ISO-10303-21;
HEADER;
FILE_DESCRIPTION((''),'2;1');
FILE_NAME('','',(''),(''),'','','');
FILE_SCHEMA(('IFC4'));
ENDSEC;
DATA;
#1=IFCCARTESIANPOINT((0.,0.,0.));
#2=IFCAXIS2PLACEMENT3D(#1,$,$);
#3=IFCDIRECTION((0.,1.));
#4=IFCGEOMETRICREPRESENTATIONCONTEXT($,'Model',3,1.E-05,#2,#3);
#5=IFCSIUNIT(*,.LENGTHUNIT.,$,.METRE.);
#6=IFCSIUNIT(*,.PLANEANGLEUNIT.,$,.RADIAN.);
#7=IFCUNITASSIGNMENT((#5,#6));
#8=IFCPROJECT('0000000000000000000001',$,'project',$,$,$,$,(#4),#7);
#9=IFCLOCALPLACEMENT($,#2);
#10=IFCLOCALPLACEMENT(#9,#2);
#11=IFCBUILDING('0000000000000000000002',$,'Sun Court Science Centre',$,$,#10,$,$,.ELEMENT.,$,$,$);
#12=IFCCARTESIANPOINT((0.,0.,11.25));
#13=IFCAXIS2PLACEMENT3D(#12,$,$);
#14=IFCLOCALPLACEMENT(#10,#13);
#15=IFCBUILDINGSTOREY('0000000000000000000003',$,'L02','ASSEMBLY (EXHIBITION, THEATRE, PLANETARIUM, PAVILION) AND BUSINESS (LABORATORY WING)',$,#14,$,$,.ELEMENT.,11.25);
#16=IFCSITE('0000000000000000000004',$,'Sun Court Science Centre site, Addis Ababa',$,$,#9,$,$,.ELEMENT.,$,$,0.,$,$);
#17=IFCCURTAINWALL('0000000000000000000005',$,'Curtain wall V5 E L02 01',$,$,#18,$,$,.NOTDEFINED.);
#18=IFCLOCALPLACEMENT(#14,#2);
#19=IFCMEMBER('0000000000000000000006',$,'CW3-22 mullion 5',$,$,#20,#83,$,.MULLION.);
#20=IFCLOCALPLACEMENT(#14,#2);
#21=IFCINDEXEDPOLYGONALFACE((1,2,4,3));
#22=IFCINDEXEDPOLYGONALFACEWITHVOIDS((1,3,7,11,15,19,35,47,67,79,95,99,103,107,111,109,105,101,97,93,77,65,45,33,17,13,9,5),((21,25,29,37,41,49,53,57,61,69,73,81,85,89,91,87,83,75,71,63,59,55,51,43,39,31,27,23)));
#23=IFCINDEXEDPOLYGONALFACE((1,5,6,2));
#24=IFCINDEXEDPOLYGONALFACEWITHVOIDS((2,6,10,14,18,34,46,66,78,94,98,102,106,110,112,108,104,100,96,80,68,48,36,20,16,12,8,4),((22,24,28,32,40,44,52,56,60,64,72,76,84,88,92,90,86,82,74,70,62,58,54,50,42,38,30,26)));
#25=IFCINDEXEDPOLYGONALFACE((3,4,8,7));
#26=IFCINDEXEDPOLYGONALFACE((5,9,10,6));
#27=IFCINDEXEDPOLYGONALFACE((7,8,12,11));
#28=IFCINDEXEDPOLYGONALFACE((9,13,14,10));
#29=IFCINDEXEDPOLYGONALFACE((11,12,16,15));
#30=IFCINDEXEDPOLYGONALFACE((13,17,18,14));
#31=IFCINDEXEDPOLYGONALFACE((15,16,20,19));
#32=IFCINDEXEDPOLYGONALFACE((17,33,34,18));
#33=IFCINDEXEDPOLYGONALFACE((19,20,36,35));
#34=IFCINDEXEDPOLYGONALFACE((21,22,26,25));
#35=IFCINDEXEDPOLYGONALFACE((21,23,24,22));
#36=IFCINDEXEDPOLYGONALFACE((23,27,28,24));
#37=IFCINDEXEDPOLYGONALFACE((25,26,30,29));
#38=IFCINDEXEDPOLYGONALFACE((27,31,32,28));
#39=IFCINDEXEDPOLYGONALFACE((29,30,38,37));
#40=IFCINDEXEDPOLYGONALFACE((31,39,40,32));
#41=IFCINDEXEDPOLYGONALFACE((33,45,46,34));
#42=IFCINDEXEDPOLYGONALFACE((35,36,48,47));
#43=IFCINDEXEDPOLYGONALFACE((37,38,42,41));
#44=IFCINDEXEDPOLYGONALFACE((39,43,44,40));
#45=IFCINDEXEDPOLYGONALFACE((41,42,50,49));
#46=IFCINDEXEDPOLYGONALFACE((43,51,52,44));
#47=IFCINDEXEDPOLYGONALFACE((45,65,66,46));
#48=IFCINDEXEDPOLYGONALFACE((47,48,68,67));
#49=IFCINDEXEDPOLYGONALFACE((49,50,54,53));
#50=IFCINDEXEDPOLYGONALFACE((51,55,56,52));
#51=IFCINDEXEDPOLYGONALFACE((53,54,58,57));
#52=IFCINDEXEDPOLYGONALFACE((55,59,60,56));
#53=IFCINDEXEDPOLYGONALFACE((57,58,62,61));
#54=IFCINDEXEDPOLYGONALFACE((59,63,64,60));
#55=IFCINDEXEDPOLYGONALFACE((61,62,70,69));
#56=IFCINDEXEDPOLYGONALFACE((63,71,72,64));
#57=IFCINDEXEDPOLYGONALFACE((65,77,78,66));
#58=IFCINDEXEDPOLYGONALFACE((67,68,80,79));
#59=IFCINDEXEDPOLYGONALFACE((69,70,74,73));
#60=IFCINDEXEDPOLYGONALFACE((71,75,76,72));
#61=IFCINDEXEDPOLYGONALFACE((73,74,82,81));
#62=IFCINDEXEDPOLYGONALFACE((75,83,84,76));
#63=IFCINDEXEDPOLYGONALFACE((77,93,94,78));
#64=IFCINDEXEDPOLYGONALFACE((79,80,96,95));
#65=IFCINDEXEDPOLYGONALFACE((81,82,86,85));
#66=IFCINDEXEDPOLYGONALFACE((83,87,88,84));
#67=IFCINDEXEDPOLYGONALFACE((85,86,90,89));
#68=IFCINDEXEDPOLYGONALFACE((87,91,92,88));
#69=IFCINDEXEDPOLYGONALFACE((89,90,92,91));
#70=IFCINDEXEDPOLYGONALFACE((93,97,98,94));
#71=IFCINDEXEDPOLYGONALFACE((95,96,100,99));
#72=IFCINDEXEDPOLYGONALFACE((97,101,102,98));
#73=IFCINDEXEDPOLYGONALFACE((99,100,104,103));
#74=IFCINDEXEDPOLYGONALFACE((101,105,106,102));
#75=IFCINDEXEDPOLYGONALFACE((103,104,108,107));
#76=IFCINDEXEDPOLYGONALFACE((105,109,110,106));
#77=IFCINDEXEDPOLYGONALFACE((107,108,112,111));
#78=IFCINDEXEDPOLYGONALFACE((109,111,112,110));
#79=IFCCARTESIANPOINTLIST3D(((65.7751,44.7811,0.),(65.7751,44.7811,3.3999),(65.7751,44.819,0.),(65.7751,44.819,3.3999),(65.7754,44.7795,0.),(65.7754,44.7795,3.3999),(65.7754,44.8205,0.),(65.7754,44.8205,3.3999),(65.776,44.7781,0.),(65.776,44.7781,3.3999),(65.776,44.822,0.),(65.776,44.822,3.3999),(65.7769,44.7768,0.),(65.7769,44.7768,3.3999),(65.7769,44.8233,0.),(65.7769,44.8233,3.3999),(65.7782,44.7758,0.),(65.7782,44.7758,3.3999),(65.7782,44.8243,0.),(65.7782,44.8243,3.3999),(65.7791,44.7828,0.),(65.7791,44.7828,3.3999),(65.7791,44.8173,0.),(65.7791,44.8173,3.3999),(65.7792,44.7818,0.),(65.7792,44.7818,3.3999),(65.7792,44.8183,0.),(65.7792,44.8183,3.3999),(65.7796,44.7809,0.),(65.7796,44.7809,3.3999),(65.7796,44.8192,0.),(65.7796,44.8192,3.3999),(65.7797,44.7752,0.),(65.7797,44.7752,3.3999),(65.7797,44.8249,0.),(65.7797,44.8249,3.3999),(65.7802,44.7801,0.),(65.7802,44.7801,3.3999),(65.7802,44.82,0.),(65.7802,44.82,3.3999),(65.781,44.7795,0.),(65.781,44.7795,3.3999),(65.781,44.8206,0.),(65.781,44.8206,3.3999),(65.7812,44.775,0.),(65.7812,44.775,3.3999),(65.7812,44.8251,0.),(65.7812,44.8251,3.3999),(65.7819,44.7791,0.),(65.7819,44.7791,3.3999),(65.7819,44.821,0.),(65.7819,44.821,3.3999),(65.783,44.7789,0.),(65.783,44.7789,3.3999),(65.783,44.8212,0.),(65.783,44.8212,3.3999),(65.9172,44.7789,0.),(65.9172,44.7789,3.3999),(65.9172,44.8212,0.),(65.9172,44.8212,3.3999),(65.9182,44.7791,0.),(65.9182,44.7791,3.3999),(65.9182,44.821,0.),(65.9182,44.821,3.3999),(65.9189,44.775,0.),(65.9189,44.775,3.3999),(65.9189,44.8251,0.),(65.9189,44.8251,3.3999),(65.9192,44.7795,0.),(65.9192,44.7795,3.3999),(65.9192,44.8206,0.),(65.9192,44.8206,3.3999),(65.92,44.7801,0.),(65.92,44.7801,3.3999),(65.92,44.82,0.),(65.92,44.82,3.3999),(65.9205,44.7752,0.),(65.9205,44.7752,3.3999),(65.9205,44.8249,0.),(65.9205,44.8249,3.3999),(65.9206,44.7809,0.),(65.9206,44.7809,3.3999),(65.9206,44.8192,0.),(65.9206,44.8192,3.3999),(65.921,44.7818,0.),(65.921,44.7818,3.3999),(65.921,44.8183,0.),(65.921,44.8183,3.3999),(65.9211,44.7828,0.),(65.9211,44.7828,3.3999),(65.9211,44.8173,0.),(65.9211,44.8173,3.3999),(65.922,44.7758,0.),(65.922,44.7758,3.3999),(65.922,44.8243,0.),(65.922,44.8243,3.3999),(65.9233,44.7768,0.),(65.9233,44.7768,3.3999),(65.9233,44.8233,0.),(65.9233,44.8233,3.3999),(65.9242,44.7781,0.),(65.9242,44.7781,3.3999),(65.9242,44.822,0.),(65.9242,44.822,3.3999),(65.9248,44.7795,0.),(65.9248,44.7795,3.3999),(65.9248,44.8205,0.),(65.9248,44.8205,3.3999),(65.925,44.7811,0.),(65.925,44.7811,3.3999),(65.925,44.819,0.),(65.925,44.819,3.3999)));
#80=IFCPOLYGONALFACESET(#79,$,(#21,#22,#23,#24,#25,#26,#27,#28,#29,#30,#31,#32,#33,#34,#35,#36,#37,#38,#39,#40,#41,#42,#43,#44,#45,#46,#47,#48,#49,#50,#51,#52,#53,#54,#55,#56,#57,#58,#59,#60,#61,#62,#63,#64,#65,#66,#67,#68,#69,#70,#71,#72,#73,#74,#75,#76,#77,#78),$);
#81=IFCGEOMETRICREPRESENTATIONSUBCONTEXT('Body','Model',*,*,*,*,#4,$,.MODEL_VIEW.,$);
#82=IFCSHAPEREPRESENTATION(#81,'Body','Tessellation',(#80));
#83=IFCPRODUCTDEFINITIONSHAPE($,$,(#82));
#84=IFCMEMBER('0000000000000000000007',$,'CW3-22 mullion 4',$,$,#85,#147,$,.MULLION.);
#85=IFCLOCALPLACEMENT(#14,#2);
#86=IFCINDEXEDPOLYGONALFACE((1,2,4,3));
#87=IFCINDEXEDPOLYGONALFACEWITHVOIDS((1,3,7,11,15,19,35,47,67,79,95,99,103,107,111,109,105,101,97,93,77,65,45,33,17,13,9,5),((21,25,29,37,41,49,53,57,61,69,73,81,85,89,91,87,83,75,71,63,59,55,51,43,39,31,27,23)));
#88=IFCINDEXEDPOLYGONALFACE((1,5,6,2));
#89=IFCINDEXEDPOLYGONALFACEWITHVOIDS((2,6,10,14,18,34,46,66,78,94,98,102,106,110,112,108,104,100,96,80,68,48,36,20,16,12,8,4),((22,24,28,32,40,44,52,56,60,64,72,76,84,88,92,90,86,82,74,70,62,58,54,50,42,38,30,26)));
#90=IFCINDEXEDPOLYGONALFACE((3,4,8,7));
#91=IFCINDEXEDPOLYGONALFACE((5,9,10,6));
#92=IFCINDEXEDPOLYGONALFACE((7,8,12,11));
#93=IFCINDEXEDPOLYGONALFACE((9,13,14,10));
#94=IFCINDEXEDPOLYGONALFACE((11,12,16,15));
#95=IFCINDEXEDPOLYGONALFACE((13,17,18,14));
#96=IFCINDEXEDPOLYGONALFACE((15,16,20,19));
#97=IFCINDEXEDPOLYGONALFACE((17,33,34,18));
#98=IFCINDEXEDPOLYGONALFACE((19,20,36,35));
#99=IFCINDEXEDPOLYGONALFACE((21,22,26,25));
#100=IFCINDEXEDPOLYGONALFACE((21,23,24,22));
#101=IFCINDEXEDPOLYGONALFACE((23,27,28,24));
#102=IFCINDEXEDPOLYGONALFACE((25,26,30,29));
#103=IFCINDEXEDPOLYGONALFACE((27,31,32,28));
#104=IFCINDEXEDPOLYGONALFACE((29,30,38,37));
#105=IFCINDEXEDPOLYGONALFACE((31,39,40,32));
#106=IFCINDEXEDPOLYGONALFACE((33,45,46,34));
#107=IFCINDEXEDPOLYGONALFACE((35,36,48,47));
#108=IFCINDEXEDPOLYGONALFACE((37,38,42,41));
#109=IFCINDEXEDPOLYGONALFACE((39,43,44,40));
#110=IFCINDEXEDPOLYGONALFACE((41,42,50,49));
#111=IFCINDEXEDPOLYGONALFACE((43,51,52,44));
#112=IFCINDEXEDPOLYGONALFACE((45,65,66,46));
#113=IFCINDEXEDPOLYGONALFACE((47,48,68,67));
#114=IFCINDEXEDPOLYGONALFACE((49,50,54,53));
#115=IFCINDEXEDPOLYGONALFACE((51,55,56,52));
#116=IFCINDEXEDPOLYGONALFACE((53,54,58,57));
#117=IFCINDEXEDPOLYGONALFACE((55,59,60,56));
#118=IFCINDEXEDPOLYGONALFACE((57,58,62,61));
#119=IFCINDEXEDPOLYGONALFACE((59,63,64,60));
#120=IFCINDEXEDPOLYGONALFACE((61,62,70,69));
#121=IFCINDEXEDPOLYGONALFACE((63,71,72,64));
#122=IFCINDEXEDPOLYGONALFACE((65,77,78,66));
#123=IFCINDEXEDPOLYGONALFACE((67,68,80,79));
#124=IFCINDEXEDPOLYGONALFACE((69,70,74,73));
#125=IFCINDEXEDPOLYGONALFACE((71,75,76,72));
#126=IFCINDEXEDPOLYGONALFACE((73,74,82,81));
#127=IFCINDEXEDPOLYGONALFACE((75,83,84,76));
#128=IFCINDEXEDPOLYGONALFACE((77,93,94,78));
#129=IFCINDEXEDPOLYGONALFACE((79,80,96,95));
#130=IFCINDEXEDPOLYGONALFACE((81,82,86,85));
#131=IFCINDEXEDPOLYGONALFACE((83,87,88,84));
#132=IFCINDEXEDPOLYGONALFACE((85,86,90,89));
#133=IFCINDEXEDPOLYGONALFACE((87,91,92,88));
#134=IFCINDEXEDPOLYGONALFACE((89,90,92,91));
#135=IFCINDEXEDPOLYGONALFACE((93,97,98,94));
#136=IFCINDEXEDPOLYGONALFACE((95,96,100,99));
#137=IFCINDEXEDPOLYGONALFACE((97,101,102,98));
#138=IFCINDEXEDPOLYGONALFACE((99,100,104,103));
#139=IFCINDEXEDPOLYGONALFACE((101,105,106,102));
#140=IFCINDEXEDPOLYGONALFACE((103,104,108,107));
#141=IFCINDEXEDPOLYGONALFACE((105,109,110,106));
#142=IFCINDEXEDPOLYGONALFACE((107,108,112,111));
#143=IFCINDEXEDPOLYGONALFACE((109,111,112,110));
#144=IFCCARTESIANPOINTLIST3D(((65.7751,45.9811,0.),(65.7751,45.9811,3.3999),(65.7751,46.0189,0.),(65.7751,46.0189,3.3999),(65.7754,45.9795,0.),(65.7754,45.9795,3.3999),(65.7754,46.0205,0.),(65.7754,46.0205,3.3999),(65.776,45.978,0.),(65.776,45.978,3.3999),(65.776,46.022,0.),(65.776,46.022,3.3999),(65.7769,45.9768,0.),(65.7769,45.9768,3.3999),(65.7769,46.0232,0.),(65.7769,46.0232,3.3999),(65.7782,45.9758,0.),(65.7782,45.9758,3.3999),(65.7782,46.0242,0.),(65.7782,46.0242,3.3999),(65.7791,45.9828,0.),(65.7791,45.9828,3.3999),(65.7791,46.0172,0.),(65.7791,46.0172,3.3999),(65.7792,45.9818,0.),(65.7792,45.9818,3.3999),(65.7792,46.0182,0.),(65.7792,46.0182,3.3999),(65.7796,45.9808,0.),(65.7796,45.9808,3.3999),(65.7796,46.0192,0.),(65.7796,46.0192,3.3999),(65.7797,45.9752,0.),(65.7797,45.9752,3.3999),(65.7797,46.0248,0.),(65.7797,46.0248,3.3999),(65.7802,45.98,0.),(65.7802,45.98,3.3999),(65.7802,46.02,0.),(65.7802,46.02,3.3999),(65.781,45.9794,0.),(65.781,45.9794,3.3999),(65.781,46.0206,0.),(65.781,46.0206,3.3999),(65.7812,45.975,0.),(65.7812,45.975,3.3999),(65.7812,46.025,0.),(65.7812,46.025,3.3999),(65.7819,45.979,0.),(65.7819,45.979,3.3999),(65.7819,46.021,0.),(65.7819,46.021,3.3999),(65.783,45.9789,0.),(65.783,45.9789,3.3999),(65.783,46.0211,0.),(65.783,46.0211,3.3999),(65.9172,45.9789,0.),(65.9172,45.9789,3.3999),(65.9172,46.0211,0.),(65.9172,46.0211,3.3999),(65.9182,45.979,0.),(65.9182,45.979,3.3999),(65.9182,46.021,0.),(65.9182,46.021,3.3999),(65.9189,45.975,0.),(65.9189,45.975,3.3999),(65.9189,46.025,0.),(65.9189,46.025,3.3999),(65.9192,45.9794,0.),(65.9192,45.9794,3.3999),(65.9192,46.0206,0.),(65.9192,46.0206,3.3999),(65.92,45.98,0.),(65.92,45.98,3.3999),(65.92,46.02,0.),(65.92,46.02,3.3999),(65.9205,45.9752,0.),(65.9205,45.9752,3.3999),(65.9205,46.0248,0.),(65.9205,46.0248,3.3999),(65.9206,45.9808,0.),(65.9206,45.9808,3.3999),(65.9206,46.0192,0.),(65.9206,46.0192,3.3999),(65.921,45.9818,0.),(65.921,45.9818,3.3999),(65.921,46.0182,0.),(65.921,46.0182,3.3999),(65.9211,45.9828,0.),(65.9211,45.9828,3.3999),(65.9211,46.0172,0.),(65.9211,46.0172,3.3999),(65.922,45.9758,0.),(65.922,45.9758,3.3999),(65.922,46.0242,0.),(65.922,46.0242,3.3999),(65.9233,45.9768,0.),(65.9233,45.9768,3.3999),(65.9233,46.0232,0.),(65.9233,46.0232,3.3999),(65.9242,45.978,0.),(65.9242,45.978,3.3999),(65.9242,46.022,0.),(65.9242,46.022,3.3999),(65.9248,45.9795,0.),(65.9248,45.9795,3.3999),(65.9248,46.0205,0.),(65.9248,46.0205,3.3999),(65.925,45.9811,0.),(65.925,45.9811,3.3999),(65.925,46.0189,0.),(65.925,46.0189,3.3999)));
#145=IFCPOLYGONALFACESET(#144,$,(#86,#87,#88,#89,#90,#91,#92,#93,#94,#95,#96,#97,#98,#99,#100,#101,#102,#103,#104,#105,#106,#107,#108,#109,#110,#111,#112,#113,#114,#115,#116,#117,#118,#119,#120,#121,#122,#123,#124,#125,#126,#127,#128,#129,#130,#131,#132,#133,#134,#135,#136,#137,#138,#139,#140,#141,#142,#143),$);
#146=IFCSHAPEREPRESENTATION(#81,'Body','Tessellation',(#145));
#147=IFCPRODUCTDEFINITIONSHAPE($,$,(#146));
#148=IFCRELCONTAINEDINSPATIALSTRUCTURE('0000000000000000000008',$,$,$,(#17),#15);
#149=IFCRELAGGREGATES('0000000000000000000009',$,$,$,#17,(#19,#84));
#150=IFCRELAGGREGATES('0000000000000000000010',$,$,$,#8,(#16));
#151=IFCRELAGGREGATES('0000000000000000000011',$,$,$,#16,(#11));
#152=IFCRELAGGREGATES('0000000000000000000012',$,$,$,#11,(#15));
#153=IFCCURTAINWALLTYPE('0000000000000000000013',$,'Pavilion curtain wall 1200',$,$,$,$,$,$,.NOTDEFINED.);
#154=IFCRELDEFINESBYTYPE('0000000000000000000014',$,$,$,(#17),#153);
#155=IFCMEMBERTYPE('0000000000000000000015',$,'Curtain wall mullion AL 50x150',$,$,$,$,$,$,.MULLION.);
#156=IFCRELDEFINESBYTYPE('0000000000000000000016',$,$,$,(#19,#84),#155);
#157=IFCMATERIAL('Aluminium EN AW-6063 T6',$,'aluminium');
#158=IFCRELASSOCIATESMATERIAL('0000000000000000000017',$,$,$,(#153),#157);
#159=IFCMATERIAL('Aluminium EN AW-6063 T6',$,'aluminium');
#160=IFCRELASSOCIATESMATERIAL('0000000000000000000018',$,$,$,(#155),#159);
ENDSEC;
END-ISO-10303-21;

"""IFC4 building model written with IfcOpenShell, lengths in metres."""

from ifc_helpers import new_model, si_unit, direction, frame, origin, origin_2d, place, context, subcontext, project, spatial, hollow_rectangle, extrude, material, material_profile, profile_set, type_object, element, aggregate, save


model = new_model("IFC4")

# Units and contexts
model_context = context("Model", 3, precision=1e-05, world=origin(), true_north=direction((0.0, 1.0)))
body_context = subcontext(model_context, "Body", "Model", "MODEL_VIEW")
ifc_project = project(units=[si_unit("LENGTHUNIT", "METRE"), si_unit("PLANEANGLEUNIT", "RADIAN")], contexts=[model_context])

# Site, building, storey
site_placement = place(None, origin())
site = spatial("IfcSite", under=ifc_project, at=site_placement, Name="Sun Court Science Centre site, Addis Ababa", CompositionType="ELEMENT", RefElevation=0.0)
building_placement = place(site_placement, origin())
building = spatial("IfcBuilding", under=site, at=building_placement, Name="Sun Court Science Centre", CompositionType="ELEMENT")
storey_placement = place(building_placement, frame((0.0, 0.0, 11.25)))
storey = spatial("IfcBuildingStorey", under=building, at=storey_placement, Name="L02", Description="ASSEMBLY (EXHIBITION, THEATRE, PLANETARIUM, PAVILION) AND BUSINESS (LABORATORY WING)", CompositionType="ELEMENT", Elevation=11.25)

# Curtain wall, members
ifc_material_1 = material(Name="Aluminium EN AW-6063 T6", Category="aluminium")
curtain_wall_type = type_object("IfcCurtainWallType", Name="Pavilion curtain wall 1200", PredefinedType="NOTDEFINED", material=ifc_material_1)
curtain_wall_placement = place(storey_placement, origin())
curtain_wall = element("IfcCurtainWall", 1, at=curtain_wall_placement, inside=storey, type_object=curtain_wall_type, Name="Curtain wall V5 E L02 01", PredefinedType="NOTDEFINED")
ifc_material_2 = material(Name="Aluminium EN AW-6063 T6", Category="aluminium")
ifc_material_profile_1 = material_profile(ifc_material_2, hollow_rectangle(XDim=0.05, YDim=0.1499, WallThickness=0.0039, InnerFilletRadius=0.0039, OuterFilletRadius=0.0061, at=origin_2d()), Name="AL 50x150x4")
ifc_profile_set_1 = profile_set([ifc_material_profile_1], Name="Aluminium EN AW-6063 T6")
member_type_1 = type_object("IfcMemberType", Name="Curtain wall mullion AL 50x150", PredefinedType="MULLION", material=ifc_profile_set_1)
member_1_placement = place(storey_placement, frame((65.8501, 44.8, 0.0), z_axis=(0.0, 0.0, 1.0), x_axis=(0.0, -1.0, 0.0)))
member_1 = element("IfcMember", 2, at=member_1_placement, type_object=member_type_1, Name="CW3-22 mullion 5", PredefinedType="MULLION", context=body_context, shape_type="SweptSolid", body=[
    extrude(hollow_rectangle(XDim=0.05, YDim=0.1499, WallThickness=0.0039, InnerFilletRadius=0.0039, OuterFilletRadius=0.0061, at=origin_2d()), origin(), (0.0, 0.0, 1.0), 3.3999),
])
member_2_placement = place(storey_placement, frame((65.8501, 46.0, 0.0), z_axis=(0.0, 0.0, 1.0), x_axis=(0.0, -1.0, 0.0)))
member_2 = element("IfcMember", 3, at=member_2_placement, type_object=member_type_1, Name="CW3-22 mullion 4", PredefinedType="MULLION", context=body_context, shape_type="SweptSolid", body=[
    extrude(hollow_rectangle(XDim=0.05, YDim=0.1499, WallThickness=0.0039, InnerFilletRadius=0.0039, OuterFilletRadius=0.0061, at=origin_2d()), origin(), (0.0, 0.0, 1.0), 3.3999),
])
aggregate(curtain_wall, [member_1, member_2])

save(model, "model.ifc")
